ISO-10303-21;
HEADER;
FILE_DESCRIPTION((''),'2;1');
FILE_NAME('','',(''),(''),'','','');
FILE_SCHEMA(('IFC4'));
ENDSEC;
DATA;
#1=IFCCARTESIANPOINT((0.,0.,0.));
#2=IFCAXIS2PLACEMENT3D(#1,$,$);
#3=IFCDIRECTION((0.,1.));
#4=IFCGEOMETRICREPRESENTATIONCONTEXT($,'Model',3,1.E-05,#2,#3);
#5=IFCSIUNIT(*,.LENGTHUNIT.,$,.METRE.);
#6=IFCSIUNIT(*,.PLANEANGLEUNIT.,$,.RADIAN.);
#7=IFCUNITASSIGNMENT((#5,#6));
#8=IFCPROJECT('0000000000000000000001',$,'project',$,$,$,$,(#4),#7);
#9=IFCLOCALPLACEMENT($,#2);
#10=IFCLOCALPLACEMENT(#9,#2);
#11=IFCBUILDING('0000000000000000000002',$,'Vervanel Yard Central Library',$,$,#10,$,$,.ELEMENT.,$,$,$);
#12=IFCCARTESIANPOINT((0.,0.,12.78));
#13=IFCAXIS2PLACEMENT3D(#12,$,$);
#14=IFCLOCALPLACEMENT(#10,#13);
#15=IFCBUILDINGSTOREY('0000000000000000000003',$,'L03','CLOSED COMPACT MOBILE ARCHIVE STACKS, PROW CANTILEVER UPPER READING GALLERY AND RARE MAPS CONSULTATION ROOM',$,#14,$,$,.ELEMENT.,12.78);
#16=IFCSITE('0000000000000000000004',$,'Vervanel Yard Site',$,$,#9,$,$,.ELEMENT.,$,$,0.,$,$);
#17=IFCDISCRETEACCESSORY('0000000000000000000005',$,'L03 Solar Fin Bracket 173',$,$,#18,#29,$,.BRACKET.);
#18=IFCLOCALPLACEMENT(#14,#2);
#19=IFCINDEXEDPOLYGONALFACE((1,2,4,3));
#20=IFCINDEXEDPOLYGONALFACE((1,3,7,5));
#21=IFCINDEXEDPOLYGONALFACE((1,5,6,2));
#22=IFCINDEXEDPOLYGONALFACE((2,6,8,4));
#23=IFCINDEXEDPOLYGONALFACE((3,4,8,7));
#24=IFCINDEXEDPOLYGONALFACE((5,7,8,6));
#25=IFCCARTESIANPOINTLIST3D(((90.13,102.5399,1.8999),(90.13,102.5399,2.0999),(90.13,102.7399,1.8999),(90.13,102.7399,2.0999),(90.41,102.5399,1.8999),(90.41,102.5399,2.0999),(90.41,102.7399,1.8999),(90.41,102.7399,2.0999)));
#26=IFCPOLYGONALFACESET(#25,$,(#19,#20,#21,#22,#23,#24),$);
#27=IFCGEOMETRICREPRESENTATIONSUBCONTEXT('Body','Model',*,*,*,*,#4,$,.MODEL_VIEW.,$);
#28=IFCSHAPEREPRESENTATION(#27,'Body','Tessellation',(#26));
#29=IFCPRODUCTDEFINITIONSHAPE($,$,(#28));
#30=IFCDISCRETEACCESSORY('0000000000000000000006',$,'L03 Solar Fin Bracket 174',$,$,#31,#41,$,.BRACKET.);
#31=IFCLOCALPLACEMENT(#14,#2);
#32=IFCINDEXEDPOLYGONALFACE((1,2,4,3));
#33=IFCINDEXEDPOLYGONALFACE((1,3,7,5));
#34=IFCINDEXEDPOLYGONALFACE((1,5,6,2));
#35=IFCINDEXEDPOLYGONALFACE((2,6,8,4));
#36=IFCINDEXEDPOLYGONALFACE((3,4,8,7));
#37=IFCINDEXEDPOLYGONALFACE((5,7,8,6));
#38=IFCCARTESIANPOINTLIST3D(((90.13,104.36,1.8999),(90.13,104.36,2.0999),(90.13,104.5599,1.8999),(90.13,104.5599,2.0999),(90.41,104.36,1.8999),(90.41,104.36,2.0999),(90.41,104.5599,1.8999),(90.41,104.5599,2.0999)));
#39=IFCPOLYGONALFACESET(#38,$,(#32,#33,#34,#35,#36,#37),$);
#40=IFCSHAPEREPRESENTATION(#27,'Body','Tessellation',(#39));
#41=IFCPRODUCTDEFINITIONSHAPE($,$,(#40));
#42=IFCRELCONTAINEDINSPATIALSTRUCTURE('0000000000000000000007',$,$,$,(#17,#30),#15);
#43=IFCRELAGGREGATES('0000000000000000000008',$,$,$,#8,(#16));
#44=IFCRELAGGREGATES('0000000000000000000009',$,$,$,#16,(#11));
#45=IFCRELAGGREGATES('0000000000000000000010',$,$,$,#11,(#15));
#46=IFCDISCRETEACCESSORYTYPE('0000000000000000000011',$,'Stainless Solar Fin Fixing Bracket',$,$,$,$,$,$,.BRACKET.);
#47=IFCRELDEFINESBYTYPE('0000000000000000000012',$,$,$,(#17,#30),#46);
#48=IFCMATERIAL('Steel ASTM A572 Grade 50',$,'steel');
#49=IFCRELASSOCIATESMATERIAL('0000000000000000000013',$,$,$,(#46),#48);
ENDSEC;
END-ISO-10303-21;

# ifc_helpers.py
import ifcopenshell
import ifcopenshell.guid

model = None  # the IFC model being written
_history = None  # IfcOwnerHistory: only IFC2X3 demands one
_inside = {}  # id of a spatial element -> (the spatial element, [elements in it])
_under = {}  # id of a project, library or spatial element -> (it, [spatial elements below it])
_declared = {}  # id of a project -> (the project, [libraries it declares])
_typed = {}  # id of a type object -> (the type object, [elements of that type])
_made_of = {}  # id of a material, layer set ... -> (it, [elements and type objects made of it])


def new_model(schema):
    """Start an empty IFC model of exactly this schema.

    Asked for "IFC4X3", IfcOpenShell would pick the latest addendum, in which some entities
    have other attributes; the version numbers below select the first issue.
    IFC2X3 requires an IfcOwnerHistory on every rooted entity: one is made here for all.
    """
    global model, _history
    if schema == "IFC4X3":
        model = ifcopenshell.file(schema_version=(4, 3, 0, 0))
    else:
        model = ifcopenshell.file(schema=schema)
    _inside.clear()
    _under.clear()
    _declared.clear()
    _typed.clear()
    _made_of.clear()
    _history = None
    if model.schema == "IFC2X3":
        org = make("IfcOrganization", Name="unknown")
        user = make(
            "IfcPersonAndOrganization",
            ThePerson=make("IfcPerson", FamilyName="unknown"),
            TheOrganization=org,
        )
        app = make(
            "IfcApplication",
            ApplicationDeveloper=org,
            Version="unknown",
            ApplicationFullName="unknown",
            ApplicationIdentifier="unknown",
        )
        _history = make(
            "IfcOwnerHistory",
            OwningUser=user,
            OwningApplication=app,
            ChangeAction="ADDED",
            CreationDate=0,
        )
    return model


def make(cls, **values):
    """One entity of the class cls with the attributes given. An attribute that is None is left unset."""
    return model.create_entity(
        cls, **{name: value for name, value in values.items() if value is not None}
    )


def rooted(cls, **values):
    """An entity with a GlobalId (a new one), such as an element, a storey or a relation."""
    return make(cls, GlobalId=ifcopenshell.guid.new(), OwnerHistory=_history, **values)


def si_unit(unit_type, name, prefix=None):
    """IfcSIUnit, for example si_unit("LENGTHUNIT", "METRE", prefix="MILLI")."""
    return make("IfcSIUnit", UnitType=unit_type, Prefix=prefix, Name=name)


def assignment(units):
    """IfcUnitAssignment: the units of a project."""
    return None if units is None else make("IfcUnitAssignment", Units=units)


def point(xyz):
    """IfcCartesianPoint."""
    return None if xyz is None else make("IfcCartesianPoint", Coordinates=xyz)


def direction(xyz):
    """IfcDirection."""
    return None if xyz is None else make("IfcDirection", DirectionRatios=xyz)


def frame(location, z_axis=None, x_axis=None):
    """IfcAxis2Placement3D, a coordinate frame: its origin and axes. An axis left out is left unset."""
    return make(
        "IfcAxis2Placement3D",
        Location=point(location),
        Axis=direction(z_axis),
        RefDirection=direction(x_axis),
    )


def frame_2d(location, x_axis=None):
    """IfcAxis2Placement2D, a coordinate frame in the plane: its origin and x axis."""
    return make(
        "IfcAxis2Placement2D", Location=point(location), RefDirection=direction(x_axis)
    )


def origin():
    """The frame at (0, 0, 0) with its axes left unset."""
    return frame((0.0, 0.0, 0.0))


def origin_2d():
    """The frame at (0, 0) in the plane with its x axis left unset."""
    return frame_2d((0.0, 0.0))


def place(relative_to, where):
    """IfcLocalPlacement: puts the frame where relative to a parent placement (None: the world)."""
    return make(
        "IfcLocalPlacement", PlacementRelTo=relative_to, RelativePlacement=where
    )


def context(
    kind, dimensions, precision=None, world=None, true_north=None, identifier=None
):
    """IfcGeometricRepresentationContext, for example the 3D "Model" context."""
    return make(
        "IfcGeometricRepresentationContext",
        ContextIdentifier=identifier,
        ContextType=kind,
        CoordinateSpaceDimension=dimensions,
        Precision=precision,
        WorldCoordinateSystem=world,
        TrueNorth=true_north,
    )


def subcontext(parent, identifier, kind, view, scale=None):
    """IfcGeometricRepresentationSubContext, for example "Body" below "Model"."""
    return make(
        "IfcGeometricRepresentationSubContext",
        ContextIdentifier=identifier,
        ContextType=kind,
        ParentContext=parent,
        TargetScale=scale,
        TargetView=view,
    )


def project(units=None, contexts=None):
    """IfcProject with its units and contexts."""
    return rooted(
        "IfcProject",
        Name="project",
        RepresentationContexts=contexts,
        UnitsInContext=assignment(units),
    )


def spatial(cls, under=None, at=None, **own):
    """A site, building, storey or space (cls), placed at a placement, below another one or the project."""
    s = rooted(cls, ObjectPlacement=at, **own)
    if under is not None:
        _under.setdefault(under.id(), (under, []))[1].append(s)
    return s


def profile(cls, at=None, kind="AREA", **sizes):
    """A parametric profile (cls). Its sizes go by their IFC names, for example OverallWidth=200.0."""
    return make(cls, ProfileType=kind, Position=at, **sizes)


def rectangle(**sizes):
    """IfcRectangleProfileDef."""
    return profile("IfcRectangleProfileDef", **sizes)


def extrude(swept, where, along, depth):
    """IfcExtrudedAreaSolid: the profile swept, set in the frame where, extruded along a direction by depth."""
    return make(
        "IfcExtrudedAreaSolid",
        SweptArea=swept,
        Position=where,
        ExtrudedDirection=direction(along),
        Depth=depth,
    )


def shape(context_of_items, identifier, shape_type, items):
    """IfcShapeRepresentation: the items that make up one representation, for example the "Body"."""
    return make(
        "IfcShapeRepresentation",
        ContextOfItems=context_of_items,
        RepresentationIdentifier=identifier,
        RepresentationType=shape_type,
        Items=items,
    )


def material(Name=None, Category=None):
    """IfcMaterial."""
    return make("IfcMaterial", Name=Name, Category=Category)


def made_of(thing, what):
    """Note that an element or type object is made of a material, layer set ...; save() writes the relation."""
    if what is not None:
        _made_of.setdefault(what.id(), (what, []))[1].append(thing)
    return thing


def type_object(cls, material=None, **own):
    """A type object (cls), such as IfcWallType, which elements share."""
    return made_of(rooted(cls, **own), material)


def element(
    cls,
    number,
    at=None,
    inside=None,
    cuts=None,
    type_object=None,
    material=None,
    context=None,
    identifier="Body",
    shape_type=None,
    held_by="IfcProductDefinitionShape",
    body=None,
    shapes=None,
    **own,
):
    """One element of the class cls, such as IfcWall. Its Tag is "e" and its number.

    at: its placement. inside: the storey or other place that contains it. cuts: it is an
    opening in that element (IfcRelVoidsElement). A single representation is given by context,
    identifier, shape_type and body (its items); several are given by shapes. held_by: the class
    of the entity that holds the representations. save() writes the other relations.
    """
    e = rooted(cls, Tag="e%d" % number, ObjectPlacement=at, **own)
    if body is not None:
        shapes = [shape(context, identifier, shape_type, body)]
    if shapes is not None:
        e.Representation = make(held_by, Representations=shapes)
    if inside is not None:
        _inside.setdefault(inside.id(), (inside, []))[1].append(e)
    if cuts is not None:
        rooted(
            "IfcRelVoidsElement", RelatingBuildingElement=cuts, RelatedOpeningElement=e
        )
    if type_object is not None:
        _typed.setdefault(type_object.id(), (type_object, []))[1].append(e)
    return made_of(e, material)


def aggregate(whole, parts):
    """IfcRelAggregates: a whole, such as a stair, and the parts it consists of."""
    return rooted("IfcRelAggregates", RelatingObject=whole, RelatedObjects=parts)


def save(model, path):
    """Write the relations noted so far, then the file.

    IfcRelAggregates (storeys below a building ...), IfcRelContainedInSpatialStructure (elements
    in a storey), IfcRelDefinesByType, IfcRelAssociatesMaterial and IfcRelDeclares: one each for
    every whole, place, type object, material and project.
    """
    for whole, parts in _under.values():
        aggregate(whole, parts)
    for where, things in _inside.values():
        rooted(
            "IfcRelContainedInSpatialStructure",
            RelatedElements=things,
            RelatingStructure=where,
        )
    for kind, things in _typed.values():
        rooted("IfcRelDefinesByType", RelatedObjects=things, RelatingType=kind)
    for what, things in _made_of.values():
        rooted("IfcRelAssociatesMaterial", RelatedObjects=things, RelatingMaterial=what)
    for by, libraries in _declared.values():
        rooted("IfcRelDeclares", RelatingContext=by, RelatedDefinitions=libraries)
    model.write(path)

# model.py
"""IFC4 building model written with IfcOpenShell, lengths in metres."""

from ifc_helpers import new_model, si_unit, direction, frame, origin, origin_2d, place, context, subcontext, project, spatial, rectangle, extrude, material, type_object, element, save


model = new_model("IFC4")

# Units and contexts
model_context = context("Model", 3, precision=1e-05, world=origin(), true_north=direction((0.0, 1.0)))
body_context = subcontext(model_context, "Body", "Model", "MODEL_VIEW")
ifc_project = project(units=[si_unit("LENGTHUNIT", "METRE"), si_unit("PLANEANGLEUNIT", "RADIAN")], contexts=[model_context])

# Site, building, storey
site_placement = place(None, origin())
site = spatial("IfcSite", under=ifc_project, at=site_placement, Name="Vervanel Yard Site", CompositionType="ELEMENT", RefElevation=0.0)
building_placement = place(site_placement, origin())
building = spatial("IfcBuilding", under=site, at=building_placement, Name="Vervanel Yard Central Library", CompositionType="ELEMENT")
storey_placement = place(building_placement, frame((0.0, 0.0, 12.78)))
storey = spatial("IfcBuildingStorey", under=building, at=storey_placement, Name="L03", Description="CLOSED COMPACT MOBILE ARCHIVE STACKS, PROW CANTILEVER UPPER READING GALLERY AND RARE MAPS CONSULTATION ROOM", CompositionType="ELEMENT", Elevation=12.78)

# Discrete accessories
ifc_material_1 = material(Name="Steel ASTM A572 Grade 50", Category="steel")
discrete_accessory_type = type_object("IfcDiscreteAccessoryType", Name="Stainless Solar Fin Fixing Bracket", PredefinedType="BRACKET", material=ifc_material_1)
for number, where, z_axis, x_axis, name in (
    (1, (90.27, 102.6399, 1.8999), (0.0, 0.0, 1.0), (0.0, 1.0, 0.0), "L03 Solar Fin Bracket 173"),
    (2, (90.27, 104.46, 1.8999), (0.0, 0.0, 1.0), (0.0, 1.0, 0.0), "L03 Solar Fin Bracket 174"),
):
    element("IfcDiscreteAccessory", number, at=place(storey_placement, frame(where, z_axis=z_axis, x_axis=x_axis)), inside=storey, type_object=discrete_accessory_type, Name=name, PredefinedType="BRACKET", context=body_context, shape_type="SweptSolid", body=[
        extrude(rectangle(XDim=0.2, YDim=0.28, at=origin_2d()), origin(), (0.0, 0.0, 1.0), 0.2),
    ])

save(model, "model.ifc")
